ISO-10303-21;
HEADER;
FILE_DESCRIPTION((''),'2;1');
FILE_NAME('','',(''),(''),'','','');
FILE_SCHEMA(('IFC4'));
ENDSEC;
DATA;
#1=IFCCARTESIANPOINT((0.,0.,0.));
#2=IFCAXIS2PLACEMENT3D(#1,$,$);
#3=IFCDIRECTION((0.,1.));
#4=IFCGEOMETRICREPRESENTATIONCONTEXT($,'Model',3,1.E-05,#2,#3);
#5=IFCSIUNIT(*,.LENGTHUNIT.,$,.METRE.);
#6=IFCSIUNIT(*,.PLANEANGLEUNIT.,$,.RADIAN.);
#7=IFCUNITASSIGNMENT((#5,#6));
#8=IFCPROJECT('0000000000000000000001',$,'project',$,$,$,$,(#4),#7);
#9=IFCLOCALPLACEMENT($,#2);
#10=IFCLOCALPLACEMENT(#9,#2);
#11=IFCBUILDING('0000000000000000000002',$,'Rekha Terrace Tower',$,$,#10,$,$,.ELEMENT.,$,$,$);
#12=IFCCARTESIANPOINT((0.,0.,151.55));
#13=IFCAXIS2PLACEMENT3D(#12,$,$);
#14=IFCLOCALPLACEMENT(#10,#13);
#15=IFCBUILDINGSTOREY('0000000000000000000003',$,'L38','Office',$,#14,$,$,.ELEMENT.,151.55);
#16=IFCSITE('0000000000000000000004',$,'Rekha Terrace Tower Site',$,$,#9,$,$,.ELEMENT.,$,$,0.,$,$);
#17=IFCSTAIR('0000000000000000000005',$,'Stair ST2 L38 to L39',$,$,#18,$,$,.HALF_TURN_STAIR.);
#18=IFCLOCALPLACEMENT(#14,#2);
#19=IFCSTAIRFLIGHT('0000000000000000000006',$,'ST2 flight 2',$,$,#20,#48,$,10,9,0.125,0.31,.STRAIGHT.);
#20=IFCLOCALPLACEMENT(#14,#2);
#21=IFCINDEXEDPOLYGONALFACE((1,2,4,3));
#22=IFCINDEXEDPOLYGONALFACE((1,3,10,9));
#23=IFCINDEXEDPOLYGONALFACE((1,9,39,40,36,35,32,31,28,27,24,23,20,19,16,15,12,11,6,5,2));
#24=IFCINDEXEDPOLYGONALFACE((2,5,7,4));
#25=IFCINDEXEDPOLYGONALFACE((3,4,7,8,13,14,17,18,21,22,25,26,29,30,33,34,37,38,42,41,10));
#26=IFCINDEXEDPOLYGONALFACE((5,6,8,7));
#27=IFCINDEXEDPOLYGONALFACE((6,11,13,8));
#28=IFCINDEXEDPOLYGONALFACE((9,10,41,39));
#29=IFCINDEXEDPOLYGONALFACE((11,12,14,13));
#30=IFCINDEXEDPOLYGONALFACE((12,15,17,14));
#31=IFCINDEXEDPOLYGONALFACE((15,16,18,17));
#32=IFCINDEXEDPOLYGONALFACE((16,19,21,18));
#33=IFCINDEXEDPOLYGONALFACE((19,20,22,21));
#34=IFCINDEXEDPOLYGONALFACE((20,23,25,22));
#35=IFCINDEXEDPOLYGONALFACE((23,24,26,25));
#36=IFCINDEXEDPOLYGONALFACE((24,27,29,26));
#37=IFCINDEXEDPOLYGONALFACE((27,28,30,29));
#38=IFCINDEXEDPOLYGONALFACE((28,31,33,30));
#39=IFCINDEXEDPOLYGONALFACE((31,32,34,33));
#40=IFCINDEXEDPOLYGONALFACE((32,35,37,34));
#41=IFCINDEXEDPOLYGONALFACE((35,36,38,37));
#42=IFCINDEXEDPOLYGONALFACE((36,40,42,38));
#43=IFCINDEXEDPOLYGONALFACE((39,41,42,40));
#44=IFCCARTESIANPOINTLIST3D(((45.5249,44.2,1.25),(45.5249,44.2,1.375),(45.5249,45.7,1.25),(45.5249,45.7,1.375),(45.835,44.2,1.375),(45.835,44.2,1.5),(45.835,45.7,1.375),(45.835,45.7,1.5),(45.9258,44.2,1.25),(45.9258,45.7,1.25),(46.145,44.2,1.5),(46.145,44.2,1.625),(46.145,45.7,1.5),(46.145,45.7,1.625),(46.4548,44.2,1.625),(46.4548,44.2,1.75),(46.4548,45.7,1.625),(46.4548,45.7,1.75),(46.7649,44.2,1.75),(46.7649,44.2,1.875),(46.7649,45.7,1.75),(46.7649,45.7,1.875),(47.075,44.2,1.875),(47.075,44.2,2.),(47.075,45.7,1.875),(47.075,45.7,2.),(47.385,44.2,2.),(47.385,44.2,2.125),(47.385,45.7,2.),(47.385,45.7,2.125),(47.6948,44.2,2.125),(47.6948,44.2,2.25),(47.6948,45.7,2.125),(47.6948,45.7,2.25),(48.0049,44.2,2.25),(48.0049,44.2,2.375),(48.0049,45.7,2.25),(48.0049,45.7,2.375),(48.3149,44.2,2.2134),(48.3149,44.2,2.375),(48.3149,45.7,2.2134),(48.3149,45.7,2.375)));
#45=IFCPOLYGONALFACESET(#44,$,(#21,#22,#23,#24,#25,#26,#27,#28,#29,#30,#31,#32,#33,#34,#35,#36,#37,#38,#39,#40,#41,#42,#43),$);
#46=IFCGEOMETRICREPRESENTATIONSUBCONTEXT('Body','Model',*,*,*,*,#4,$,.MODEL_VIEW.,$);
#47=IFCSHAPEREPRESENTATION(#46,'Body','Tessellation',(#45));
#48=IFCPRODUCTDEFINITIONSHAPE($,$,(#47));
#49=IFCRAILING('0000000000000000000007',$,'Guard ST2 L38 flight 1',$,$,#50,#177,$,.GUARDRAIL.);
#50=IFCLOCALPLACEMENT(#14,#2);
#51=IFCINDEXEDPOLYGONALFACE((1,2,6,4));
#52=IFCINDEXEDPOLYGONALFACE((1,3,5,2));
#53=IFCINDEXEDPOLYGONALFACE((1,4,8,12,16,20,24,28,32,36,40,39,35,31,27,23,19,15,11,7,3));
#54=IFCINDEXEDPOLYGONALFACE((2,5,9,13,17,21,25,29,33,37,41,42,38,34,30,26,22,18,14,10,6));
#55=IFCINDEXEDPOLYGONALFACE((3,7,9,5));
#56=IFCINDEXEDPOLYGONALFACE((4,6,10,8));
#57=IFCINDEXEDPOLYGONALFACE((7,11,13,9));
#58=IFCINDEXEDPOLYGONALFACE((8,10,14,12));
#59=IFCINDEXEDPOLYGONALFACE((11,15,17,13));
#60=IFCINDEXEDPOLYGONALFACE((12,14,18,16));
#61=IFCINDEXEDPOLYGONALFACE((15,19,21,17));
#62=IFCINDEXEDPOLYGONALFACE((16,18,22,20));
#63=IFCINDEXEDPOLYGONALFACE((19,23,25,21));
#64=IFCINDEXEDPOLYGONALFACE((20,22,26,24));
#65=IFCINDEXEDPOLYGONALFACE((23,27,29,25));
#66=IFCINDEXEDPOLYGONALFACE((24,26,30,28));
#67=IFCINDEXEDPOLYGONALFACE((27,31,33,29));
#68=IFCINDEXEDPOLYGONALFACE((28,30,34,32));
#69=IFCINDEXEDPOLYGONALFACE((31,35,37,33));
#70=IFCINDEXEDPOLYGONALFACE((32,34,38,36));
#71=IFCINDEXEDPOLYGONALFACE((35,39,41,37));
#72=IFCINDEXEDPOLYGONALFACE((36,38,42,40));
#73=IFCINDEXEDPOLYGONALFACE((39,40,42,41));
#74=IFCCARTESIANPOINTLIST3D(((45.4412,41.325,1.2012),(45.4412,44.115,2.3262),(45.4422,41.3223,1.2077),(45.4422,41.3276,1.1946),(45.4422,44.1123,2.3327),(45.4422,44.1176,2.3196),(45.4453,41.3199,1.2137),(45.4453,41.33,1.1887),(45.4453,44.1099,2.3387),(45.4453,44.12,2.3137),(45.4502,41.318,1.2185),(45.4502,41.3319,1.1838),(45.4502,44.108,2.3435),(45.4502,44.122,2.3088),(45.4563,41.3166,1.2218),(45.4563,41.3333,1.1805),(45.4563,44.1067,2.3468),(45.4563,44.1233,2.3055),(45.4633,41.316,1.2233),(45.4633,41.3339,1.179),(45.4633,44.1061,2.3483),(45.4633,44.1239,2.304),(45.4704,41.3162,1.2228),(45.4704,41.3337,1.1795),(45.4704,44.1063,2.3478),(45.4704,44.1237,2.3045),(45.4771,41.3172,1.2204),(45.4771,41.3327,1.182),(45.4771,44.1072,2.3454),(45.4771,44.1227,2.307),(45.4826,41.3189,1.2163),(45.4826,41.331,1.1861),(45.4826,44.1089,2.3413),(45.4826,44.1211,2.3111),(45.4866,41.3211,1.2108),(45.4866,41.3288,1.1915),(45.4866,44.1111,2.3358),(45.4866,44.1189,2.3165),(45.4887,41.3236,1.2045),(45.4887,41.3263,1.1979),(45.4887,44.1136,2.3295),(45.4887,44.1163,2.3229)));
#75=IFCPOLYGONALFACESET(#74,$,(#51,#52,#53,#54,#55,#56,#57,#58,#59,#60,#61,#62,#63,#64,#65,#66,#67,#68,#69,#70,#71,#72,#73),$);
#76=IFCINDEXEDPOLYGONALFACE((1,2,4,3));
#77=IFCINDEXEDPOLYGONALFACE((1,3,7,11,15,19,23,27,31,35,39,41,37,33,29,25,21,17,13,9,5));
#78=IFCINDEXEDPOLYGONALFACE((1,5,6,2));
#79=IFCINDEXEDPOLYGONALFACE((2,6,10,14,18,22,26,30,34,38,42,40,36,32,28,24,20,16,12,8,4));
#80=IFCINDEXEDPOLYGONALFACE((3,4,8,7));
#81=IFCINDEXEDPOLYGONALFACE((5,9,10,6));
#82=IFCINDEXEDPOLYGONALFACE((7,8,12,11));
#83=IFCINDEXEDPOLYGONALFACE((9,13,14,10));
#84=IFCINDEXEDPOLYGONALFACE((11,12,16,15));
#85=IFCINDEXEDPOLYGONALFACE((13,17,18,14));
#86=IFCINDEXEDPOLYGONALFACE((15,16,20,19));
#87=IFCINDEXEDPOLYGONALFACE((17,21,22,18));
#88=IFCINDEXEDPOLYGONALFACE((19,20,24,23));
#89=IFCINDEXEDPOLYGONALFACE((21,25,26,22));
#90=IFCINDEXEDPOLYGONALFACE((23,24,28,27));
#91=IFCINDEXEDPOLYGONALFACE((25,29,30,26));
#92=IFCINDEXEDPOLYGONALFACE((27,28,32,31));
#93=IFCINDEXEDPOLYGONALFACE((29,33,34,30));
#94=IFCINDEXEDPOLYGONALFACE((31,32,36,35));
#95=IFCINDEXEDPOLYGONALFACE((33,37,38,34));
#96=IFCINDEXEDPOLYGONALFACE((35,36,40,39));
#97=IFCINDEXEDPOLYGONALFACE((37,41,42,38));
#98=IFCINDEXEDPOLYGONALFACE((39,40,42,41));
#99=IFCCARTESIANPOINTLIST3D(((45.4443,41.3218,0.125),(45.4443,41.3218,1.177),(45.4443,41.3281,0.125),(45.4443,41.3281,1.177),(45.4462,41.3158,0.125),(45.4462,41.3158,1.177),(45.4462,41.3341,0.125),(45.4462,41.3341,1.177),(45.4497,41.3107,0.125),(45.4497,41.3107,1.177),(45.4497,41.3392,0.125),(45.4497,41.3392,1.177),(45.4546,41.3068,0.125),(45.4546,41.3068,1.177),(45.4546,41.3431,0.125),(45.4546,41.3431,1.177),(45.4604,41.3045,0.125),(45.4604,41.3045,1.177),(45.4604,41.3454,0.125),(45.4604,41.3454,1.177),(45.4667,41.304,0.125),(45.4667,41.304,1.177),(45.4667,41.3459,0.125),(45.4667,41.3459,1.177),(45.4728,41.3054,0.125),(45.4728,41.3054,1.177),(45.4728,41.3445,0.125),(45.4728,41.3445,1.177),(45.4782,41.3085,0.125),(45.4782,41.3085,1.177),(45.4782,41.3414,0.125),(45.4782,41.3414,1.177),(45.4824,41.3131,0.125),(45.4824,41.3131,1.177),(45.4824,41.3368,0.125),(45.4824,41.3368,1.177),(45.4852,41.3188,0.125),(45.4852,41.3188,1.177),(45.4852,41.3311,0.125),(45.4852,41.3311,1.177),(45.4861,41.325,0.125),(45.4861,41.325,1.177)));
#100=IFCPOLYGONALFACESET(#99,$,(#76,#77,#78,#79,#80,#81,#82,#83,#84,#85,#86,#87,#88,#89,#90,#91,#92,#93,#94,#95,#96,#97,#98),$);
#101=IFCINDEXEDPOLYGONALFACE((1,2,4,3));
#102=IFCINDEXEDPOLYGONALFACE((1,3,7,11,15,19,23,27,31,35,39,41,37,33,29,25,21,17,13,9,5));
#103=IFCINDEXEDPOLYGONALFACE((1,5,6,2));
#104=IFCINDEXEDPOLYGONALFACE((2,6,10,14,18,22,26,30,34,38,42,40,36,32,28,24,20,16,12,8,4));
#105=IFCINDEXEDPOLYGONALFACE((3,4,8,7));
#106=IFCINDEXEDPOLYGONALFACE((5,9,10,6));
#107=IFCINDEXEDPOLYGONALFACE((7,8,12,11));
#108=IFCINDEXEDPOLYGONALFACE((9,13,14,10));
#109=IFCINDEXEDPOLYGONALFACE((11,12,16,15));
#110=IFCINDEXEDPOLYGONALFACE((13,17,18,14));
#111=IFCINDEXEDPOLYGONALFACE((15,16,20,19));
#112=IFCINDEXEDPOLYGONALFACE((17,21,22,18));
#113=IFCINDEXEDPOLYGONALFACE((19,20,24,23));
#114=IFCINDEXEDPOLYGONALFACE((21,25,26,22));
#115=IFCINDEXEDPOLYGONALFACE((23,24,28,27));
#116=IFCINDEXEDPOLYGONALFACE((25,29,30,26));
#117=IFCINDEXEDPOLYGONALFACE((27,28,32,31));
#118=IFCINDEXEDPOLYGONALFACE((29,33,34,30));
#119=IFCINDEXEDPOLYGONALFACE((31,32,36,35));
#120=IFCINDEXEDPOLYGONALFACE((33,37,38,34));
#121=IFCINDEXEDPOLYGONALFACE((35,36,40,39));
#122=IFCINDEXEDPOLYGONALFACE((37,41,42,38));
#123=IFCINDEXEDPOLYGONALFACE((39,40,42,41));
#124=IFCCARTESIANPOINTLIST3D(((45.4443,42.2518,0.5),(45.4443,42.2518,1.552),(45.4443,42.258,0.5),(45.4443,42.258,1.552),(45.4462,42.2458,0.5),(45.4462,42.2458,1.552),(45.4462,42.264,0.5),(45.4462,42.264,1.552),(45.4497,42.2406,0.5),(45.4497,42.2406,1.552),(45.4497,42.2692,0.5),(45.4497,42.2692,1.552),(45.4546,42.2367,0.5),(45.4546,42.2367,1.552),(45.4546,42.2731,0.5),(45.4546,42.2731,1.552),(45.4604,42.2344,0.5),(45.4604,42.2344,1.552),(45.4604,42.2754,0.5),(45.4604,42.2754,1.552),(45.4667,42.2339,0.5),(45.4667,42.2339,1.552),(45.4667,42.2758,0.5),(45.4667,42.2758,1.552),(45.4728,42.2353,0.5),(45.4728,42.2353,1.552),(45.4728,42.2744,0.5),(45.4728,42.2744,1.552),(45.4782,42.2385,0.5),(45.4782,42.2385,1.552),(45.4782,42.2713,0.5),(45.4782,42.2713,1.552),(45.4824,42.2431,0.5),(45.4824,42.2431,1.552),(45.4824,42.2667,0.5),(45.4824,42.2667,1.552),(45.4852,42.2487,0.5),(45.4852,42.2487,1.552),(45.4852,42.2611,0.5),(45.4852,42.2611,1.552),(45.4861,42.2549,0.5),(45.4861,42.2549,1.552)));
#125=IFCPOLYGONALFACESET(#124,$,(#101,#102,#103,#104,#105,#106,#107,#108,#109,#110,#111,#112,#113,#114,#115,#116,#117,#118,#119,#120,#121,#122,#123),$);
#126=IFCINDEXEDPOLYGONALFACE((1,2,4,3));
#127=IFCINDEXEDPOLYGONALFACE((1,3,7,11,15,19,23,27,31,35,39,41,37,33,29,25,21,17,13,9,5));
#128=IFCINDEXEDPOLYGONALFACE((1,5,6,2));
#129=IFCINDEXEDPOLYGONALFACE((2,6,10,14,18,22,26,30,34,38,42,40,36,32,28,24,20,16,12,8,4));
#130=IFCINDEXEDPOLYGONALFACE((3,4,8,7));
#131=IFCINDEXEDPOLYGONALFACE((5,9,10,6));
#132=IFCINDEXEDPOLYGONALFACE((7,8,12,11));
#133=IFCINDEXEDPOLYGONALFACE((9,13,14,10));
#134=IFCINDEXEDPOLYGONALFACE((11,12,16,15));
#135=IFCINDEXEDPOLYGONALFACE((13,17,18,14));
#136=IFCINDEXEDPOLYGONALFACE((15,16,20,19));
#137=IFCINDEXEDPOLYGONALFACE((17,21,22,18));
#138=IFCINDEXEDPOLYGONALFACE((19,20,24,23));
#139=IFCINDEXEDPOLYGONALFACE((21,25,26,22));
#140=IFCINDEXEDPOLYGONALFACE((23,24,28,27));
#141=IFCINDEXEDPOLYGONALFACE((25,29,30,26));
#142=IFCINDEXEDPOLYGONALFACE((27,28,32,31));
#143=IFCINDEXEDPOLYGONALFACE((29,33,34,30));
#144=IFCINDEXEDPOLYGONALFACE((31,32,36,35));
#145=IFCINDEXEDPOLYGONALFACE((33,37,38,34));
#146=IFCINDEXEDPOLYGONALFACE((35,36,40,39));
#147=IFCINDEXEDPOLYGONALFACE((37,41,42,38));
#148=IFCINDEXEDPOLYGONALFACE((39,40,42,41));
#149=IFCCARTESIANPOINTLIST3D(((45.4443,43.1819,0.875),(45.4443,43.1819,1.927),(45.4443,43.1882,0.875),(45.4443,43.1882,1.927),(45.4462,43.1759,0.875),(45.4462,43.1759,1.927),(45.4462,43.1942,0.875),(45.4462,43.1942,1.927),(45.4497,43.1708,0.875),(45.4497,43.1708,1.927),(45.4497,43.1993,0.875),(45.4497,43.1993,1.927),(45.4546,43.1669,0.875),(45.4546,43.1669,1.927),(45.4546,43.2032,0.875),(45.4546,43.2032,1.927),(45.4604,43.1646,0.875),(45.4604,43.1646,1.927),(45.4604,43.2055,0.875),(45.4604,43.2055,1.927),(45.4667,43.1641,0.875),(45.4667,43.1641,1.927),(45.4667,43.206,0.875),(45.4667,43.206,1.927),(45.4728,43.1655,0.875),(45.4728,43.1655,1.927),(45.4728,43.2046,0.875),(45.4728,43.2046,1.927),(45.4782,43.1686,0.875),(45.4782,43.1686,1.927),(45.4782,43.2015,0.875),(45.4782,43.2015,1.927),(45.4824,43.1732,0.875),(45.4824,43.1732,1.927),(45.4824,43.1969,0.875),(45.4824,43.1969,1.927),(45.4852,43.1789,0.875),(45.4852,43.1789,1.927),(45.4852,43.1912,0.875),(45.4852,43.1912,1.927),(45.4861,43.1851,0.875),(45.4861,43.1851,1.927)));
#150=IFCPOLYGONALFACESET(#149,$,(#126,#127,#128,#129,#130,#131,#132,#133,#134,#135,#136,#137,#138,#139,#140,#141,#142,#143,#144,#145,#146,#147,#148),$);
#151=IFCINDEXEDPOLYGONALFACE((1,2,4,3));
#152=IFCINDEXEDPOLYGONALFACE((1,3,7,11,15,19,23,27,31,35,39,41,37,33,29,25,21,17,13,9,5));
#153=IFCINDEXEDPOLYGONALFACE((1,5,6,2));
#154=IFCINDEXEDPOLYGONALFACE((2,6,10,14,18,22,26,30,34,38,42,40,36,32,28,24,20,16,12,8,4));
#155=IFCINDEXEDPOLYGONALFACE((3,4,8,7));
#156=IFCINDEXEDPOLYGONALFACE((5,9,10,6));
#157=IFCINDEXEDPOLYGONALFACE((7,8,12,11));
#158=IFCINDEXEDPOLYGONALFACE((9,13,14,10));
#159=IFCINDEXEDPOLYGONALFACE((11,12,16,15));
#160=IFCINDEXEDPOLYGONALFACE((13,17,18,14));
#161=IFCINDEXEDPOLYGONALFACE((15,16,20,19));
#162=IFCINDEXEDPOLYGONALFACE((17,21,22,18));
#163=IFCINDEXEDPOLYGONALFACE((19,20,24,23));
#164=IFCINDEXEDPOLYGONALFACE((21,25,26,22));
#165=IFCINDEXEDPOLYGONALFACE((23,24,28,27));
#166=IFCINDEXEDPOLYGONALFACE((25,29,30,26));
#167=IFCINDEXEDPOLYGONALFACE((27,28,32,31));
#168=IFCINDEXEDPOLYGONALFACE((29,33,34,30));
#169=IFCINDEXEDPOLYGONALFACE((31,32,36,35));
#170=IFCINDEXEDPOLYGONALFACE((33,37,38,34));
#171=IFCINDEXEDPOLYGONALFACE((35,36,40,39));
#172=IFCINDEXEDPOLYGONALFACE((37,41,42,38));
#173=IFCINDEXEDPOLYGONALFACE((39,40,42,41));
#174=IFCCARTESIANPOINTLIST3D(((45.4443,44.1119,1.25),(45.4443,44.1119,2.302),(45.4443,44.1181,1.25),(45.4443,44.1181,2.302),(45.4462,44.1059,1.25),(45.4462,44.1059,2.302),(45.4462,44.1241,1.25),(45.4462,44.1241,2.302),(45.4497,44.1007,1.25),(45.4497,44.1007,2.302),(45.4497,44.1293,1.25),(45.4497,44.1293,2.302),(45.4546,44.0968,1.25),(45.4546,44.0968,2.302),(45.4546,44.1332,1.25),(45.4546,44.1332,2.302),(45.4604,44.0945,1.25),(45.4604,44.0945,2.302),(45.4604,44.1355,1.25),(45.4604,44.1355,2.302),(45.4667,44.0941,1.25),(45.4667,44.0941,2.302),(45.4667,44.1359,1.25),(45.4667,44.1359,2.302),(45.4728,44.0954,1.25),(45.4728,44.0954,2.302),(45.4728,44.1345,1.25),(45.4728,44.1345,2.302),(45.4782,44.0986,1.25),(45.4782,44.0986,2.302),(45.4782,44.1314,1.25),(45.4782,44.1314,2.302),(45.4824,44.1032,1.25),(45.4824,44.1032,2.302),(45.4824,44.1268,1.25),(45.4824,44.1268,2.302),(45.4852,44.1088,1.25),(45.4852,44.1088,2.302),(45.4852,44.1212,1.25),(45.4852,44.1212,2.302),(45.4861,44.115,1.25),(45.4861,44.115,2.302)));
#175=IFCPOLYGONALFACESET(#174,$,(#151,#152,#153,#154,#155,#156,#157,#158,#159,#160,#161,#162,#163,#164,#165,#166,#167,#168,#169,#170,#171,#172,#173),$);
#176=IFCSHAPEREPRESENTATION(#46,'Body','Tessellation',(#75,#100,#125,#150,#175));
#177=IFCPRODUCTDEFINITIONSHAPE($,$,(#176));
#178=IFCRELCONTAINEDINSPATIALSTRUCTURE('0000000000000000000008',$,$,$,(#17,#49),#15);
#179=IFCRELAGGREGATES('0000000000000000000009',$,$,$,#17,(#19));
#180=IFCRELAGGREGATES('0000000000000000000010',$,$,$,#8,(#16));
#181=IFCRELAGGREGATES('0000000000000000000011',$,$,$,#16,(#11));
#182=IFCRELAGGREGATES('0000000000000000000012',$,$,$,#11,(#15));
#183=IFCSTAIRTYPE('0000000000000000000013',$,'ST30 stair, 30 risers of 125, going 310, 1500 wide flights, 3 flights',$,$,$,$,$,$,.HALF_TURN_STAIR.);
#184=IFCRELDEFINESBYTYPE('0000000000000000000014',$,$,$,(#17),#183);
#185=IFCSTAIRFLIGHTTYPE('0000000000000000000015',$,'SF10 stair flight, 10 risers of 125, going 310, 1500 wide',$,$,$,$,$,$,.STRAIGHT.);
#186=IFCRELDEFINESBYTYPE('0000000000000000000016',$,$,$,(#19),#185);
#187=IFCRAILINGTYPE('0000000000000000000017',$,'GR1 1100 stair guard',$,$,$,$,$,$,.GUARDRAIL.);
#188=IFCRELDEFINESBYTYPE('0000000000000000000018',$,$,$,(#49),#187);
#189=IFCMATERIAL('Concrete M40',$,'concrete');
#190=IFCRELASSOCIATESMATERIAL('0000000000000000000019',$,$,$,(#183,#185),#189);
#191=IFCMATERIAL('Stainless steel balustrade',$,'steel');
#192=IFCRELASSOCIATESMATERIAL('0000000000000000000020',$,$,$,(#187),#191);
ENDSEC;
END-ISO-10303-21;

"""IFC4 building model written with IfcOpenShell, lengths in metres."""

from ifc_helpers import new_model, si_unit, direction, frame, origin, origin_2d, place, context, subcontext, project, spatial, polyline, circle, outline, extrude, material, type_object, element, aggregate, save


model = new_model("IFC4")

# Units and contexts
model_context = context("Model", 3, precision=1e-05, world=origin(), true_north=direction((0.0, 1.0)))
body_context = subcontext(model_context, "Body", "Model", "MODEL_VIEW")
ifc_project = project(units=[si_unit("LENGTHUNIT", "METRE"), si_unit("PLANEANGLEUNIT", "RADIAN")], contexts=[model_context])

# Site, building, storey
site_placement = place(None, origin())
site = spatial("IfcSite", under=ifc_project, at=site_placement, Name="Rekha Terrace Tower Site", CompositionType="ELEMENT", RefElevation=0.0)
building_placement = place(site_placement, origin())
building = spatial("IfcBuilding", under=site, at=building_placement, Name="Rekha Terrace Tower", CompositionType="ELEMENT")
storey_placement = place(building_placement, frame((0.0, 0.0, 151.55)))
storey = spatial("IfcBuildingStorey", under=building, at=storey_placement, Name="L38", Description="Office", CompositionType="ELEMENT", Elevation=151.55)

# Stair, stair flight
ifc_material_1 = material(Name="Concrete M40", Category="concrete")
stair_type = type_object("IfcStairType", Name="ST30 stair, 30 risers of 125, going 310, 1500 wide flights, 3 flights", PredefinedType="HALF_TURN_STAIR", material=ifc_material_1)
stair_placement = place(storey_placement, origin())
stair = element("IfcStair", 1, at=stair_placement, inside=storey, type_object=stair_type, Name="Stair ST2 L38 to L39", PredefinedType="HALF_TURN_STAIR")
stair_flight_type = type_object("IfcStairFlightType", Name="SF10 stair flight, 10 risers of 125, going 310, 1500 wide", PredefinedType="STRAIGHT", material=ifc_material_1)
stair_flight_1_placement = place(storey_placement, frame((45.5249, 44.95, 1.25), z_axis=(0.0, 0.0, 1.0), x_axis=(1.0, 0.0, 0.0)))
stair_flight_1 = element("IfcStairFlight", 2, at=stair_flight_1_placement, type_object=stair_flight_type, Name="ST2 flight 2", NumberOfRisers=10, NumberOfTreads=9, PredefinedType="STRAIGHT", RiserHeight=0.125, TreadLength=0.31, context=body_context, shape_type="SweptSolid", body=[
    extrude(outline(polyline([(0.0, 0.0), (0.0, 0.125), (0.3101, 0.125), (0.3101, 0.25), (0.6201, 0.25), (0.6201, 0.375), (0.9299, 0.375), (0.9299, 0.5), (1.24, 0.5), (1.24, 0.625), (1.55, 0.625), (1.55, 0.75), (1.8601, 0.75), (1.8601, 0.875), (2.1699, 0.875), (2.1699, 1.0), (2.48, 1.0), (2.48, 1.125), (2.79, 1.125), (2.79, 1.25), (2.79, 0.9634), (0.4009, 0.0), (0.0, 0.0)])), frame((0.0, 0.75, 0.0), z_axis=(0.0, -1.0, 0.0), x_axis=(1.0, 0.0, 0.0)), (0.0, 0.0, 1.0), 1.5),
])
aggregate(stair, [stair_flight_1])

# Railing
ifc_material_2 = material(Name="Stainless steel balustrade", Category="steel")
railing_type_1 = type_object("IfcRailingType", Name="GR1 1100 stair guard", PredefinedType="GUARDRAIL", material=ifc_material_2)
railing_1_placement = place(storey_placement, frame((45.4651, 41.325, 0.125)))
element("IfcRailing", 3, at=railing_1_placement, inside=storey, type_object=railing_type_1, Name="Guard ST2 L38 flight 1", PredefinedType="GUARDRAIL", context=body_context, shape_type="SweptSolid", body=[
    extrude(circle(Radius=0.0239, at=origin_2d()), frame((0.0, 0.0, 1.0762), z_axis=(0.0, 0.927443, 0.373964), x_axis=(-1.0, 0.0, 0.0)), (0.0, 0.0, 1.0), 3.0083),
    extrude(circle(Radius=0.021, at=origin_2d()), origin(), (0.0, 0.0, 1.0), 1.052),
    extrude(circle(Radius=0.021, at=origin_2d()), frame((0.0, 0.9299, 0.375)), (0.0, 0.0, 1.0), 1.052),
    extrude(circle(Radius=0.021, at=origin_2d()), frame((0.0, 1.8601, 0.75)), (0.0, 0.0, 1.0), 1.052),
    extrude(circle(Radius=0.021, at=origin_2d()), frame((0.0, 2.79, 1.125)), (0.0, 0.0, 1.0), 1.052),
])

save(model, "model.ifc")
